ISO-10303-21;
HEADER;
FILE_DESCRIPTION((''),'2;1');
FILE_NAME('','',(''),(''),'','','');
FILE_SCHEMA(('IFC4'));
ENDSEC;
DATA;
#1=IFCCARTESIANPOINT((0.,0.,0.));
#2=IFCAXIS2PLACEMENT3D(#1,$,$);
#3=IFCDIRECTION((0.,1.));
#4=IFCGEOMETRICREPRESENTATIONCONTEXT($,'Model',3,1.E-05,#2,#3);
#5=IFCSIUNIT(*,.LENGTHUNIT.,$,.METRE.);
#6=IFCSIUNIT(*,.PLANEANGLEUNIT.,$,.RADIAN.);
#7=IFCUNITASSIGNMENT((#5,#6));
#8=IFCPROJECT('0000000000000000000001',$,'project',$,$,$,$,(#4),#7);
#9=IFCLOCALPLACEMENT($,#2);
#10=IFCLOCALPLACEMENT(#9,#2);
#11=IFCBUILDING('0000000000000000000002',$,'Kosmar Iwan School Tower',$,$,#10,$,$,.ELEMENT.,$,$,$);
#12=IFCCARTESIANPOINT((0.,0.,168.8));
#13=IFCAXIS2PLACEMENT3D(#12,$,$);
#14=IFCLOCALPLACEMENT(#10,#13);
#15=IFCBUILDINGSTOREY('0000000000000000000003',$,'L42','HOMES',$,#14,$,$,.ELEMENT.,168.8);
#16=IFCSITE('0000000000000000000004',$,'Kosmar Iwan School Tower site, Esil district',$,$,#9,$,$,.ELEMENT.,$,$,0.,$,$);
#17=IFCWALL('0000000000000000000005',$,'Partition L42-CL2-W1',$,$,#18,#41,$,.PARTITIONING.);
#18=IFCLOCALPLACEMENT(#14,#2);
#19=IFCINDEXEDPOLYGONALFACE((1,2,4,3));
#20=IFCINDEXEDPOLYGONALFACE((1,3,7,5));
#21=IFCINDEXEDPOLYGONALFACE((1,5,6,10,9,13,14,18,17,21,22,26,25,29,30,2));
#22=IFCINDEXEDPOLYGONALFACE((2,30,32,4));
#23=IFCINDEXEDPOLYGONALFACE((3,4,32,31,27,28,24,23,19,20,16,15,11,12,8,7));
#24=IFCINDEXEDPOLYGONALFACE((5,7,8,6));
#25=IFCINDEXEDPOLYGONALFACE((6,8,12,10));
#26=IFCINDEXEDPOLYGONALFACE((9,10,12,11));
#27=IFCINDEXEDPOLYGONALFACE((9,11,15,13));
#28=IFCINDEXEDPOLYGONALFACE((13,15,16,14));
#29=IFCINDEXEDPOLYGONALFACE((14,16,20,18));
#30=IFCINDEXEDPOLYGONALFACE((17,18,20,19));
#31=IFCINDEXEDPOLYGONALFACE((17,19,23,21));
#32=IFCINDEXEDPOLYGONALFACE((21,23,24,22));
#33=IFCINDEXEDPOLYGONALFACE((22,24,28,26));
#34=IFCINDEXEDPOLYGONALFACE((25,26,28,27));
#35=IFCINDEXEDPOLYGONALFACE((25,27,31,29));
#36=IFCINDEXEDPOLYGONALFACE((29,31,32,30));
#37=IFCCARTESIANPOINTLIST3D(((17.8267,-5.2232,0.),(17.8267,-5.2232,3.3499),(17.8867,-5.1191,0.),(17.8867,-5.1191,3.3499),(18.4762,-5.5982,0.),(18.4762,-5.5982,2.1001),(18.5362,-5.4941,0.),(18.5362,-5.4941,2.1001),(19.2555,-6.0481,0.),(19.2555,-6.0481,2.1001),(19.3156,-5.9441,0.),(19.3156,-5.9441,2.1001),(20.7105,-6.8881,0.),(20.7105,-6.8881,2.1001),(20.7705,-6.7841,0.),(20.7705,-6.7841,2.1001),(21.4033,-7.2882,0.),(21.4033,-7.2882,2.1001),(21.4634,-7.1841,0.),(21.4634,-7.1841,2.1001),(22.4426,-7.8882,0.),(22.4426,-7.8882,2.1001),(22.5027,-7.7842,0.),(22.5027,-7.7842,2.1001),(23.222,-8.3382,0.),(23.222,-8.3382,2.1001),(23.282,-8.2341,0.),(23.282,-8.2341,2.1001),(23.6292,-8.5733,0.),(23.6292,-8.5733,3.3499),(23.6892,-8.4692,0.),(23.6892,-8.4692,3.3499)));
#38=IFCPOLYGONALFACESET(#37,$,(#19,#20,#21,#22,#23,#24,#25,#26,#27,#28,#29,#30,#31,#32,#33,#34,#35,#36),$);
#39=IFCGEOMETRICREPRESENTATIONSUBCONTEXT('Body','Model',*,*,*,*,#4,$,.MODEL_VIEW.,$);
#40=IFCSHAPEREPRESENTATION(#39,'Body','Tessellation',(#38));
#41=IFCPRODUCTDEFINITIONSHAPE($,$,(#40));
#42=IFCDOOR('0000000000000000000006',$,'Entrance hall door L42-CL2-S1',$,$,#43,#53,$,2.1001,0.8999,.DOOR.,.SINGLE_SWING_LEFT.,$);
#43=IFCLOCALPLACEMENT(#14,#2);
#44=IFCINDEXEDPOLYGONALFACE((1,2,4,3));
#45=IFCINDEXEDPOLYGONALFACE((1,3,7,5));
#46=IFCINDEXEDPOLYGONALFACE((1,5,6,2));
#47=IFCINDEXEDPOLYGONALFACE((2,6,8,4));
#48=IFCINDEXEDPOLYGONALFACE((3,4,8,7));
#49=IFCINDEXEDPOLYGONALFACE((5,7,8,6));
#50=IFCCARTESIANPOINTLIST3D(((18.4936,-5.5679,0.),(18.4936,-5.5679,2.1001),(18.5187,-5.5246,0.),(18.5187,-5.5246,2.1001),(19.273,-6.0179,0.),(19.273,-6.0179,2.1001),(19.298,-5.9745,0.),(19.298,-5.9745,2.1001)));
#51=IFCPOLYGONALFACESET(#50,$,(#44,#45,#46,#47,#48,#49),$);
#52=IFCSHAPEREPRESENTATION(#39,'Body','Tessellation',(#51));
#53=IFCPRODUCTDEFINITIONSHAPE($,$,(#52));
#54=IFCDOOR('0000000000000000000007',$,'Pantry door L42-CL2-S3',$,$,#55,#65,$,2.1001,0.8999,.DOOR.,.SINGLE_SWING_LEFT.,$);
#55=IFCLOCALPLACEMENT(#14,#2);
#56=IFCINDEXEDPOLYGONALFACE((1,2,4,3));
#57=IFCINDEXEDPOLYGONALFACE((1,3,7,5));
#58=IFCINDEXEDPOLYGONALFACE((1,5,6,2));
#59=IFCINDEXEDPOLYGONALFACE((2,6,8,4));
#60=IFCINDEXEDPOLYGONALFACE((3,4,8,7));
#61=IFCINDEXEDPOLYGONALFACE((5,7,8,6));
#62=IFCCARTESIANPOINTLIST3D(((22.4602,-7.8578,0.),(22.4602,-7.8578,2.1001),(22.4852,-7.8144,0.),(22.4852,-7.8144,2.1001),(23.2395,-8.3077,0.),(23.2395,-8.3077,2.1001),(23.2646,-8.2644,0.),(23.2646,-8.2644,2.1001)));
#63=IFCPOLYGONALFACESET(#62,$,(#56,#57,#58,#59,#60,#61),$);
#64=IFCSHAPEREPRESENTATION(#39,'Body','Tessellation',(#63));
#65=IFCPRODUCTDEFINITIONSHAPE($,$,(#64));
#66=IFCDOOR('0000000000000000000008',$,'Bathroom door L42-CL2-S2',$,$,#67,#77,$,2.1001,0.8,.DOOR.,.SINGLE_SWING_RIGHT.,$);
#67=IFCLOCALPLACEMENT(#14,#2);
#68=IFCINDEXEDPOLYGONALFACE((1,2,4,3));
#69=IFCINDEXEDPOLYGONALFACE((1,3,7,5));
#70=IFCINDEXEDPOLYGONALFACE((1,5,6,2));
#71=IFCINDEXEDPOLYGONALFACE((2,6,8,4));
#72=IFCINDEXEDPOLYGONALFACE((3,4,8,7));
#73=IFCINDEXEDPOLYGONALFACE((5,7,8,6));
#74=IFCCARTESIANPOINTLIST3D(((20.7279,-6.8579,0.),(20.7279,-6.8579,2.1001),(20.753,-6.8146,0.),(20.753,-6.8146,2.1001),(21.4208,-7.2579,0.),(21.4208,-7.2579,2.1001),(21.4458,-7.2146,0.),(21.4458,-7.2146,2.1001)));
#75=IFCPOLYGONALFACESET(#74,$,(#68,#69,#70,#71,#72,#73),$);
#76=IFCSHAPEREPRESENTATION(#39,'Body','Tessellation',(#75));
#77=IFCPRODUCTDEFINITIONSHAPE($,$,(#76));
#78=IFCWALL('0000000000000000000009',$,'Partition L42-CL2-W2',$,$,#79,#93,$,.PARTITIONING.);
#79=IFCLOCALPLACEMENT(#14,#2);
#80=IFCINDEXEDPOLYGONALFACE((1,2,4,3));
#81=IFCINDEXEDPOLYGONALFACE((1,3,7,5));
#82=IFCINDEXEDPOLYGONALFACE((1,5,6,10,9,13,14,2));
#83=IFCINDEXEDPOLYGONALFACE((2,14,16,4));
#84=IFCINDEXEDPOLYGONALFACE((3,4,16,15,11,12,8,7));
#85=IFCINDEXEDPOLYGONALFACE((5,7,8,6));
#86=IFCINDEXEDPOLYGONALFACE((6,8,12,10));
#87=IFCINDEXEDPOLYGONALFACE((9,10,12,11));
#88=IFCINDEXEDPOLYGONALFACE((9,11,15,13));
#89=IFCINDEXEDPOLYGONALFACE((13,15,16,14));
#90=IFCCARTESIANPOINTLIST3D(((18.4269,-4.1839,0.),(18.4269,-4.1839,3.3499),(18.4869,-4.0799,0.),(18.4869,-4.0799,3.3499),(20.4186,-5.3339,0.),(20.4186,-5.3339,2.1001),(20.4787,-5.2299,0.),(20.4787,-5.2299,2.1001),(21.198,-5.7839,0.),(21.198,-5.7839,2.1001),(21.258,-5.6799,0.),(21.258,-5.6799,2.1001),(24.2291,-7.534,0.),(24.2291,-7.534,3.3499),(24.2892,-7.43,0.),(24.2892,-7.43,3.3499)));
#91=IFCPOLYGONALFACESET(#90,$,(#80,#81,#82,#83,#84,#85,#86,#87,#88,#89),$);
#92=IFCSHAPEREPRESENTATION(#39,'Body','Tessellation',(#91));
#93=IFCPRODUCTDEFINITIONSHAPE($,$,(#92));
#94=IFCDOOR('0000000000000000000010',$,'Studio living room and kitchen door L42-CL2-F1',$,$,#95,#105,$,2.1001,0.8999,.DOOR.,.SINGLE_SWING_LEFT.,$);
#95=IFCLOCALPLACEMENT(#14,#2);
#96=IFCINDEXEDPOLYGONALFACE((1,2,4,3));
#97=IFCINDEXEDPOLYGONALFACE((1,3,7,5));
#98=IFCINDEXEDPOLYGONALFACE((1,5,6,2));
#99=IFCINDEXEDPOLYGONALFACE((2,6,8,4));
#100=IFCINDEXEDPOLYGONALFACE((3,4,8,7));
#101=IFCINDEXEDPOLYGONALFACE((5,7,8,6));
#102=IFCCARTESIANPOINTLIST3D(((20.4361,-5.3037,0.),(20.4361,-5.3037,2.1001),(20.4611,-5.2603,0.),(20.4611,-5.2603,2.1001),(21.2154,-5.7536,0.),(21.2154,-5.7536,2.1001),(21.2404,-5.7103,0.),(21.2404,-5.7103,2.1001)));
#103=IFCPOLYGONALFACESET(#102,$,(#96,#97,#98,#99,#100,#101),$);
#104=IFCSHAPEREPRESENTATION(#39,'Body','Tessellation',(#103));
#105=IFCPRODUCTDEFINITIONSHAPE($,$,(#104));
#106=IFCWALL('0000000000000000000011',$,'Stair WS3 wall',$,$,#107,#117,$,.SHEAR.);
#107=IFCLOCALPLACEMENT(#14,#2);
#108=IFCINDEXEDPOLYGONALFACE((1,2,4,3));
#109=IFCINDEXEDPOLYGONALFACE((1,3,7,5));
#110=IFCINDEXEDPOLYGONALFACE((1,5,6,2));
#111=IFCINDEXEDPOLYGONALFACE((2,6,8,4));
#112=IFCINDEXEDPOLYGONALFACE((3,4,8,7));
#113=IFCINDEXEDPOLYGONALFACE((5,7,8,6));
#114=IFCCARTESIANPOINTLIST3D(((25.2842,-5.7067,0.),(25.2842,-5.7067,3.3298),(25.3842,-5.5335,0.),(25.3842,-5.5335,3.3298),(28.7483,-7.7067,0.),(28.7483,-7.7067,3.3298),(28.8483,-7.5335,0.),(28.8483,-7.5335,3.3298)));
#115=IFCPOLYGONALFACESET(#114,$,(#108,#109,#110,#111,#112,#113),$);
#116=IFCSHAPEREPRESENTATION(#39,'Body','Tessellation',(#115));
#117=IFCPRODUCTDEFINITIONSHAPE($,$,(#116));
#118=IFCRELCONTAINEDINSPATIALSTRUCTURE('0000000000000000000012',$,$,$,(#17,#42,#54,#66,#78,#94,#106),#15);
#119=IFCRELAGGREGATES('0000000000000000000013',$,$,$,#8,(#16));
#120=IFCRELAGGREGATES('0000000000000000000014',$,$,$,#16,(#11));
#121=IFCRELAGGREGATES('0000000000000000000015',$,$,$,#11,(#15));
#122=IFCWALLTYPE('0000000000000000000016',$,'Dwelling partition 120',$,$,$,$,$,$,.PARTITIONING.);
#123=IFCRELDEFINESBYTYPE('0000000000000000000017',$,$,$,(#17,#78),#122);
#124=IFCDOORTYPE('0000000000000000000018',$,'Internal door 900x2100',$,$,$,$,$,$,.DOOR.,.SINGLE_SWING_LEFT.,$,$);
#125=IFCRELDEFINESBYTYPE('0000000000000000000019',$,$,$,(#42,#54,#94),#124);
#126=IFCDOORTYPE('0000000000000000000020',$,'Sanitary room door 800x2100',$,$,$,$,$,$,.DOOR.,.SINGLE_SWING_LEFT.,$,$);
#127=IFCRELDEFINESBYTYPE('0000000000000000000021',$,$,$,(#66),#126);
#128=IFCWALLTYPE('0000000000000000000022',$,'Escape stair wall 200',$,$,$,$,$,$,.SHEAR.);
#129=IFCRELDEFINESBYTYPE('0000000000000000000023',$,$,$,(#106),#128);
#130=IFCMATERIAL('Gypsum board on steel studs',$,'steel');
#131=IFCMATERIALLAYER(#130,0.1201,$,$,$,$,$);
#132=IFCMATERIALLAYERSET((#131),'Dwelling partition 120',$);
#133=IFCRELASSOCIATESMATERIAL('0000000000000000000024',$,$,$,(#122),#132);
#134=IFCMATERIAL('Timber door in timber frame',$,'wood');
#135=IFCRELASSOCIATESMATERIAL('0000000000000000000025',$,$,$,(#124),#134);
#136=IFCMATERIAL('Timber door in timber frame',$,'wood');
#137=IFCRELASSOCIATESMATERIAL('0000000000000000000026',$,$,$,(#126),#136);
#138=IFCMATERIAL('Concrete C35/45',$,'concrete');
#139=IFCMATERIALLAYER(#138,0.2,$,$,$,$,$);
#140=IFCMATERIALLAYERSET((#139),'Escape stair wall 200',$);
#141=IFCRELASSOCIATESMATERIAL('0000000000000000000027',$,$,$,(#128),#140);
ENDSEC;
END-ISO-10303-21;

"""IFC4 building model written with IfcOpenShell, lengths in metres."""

from ifc_helpers import new_model, si_unit, direction, frame, frame_2d, origin, place, context, subcontext, project, spatial, rectangle, extrude, material, layer, layer_set, type_object, element, fill, save


model = new_model("IFC4")

# Units and contexts
model_context = context("Model", 3, precision=1e-05, world=origin(), true_north=direction((0.0, 1.0)))
body_context = subcontext(model_context, "Body", "Model", "MODEL_VIEW")
ifc_project = project(units=[si_unit("LENGTHUNIT", "METRE"), si_unit("PLANEANGLEUNIT", "RADIAN")], contexts=[model_context])

# Site, building, storey
site_placement = place(None, origin())
site = spatial("IfcSite", under=ifc_project, at=site_placement, Name="Kosmar Iwan School Tower site, Esil district", CompositionType="ELEMENT", RefElevation=0.0)
building_placement = place(site_placement, origin())
building = spatial("IfcBuilding", under=site, at=building_placement, Name="Kosmar Iwan School Tower", CompositionType="ELEMENT")
storey_placement = place(building_placement, frame((0.0, 0.0, 168.8)))
storey = spatial("IfcBuildingStorey", under=building, at=storey_placement, Name="L42", Description="HOMES", CompositionType="ELEMENT", Elevation=168.8)

# Wall, openings, doors
ifc_material_1 = material(Name="Gypsum board on steel studs", Category="steel")
ifc_layer_1 = layer(ifc_material_1, 0.1201)
ifc_layer_set_1 = layer_set([ifc_layer_1], Name="Dwelling partition 120")
wall_type_1 = type_object("IfcWallType", Name="Dwelling partition 120", PredefinedType="PARTITIONING", material=ifc_layer_set_1)
wall_1_placement = place(storey_placement, frame((17.8567, -5.1711, 0.0), z_axis=(0.0, 0.0, 1.0), x_axis=(0.866024, -0.500003, 0.0)))
wall_1 = element("IfcWall", 1, at=wall_1_placement, inside=storey, type_object=wall_type_1, Name="Partition L42-CL2-W1", PredefinedType="PARTITIONING", context=body_context, shape_type="SweptSolid", body=[
    extrude(rectangle(XDim=6.7002, YDim=0.1201, at=frame_2d((3.3501, 0.0))), origin(), (0.0, 0.0, 1.0), 3.3499),
])
opening_1_placement = place(wall_1_placement, frame((0.75, 0.0, 0.0)))
opening_1 = element("IfcOpeningElement", 2, at=opening_1_placement, cuts=wall_1, PredefinedType="OPENING", context=body_context, shape_type="SweptSolid", body=[
    extrude(rectangle(XDim=0.8999, YDim=2.1001, at=frame_2d((0.45, 1.05))), frame((0.0, 0.072, 0.0), z_axis=(0.0, -1.0, 0.0), x_axis=(1.0, 0.0, 0.0)), (0.0, 0.0, 1.0), 0.144),
])
opening_2_placement = place(wall_1_placement, frame((3.3301, 0.0, 0.0)))
opening_2 = element("IfcOpeningElement", 3, at=opening_2_placement, cuts=wall_1, PredefinedType="OPENING", context=body_context, shape_type="SweptSolid", body=[
    extrude(rectangle(XDim=0.8, YDim=2.1001, at=frame_2d((0.3999, 1.05))), frame((0.0, 0.072, 0.0), z_axis=(0.0, -1.0, 0.0), x_axis=(1.0, 0.0, 0.0)), (0.0, 0.0, 1.0), 0.144),
])
opening_3_placement = place(wall_1_placement, frame((5.3301, 0.0, 0.0)))
opening_3 = element("IfcOpeningElement", 4, at=opening_3_placement, cuts=wall_1, PredefinedType="OPENING", context=body_context, shape_type="SweptSolid", body=[
    extrude(rectangle(XDim=0.8999, YDim=2.1001, at=frame_2d((0.45, 1.05))), frame((0.0, 0.072, 0.0), z_axis=(0.0, -1.0, 0.0), x_axis=(1.0, 0.0, 0.0)), (0.0, 0.0, 1.0), 0.144),
])
ifc_material_2 = material(Name="Timber door in timber frame", Category="wood")
door_type_1 = type_object("IfcDoorType", Name="Internal door 900x2100", OperationType="SINGLE_SWING_LEFT", PredefinedType="DOOR", material=ifc_material_2)
door_1_placement = place(opening_1_placement, origin())
door_1 = element("IfcDoor", 5, at=door_1_placement, inside=storey, type_object=door_type_1, Name="Entrance hall door L42-CL2-S1", OperationType="SINGLE_SWING_LEFT", OverallHeight=2.1001, OverallWidth=0.8999, PredefinedType="DOOR", context=body_context, shape_type="SweptSolid", body=[
    extrude(rectangle(XDim=0.8999, YDim=2.1001, at=frame_2d((0.45, 1.05))), frame((0.0, 0.0249, 0.0), z_axis=(0.0, -1.0, 0.0), x_axis=(1.0, 0.0, 0.0)), (0.0, 0.0, 1.0), 0.05),
])
fill(opening_1, door_1)
door_2_placement = place(opening_3_placement, frame((0.8999, 0.0, 0.0), z_axis=(0.0, 0.0, 1.0), x_axis=(-1.0, 0.0, 0.0)))
door_2 = element("IfcDoor", 6, at=door_2_placement, inside=storey, type_object=door_type_1, Name="Pantry door L42-CL2-S3", OperationType="SINGLE_SWING_LEFT", OverallHeight=2.1001, OverallWidth=0.8999, PredefinedType="DOOR", context=body_context, shape_type="SweptSolid", body=[
    extrude(rectangle(XDim=0.8999, YDim=2.1001, at=frame_2d((0.45, 1.05))), frame((0.0, 0.0249, 0.0), z_axis=(0.0, -1.0, 0.0), x_axis=(1.0, 0.0, 0.0)), (0.0, 0.0, 1.0), 0.05),
])
fill(opening_3, door_2)
ifc_material_3 = material(Name="Timber door in timber frame", Category="wood")
door_type_2 = type_object("IfcDoorType", Name="Sanitary room door 800x2100", OperationType="SINGLE_SWING_LEFT", PredefinedType="DOOR", material=ifc_material_3)
door_3_placement = place(opening_2_placement, origin())
door_3 = element("IfcDoor", 7, at=door_3_placement, inside=storey, type_object=door_type_2, Name="Bathroom door L42-CL2-S2", OperationType="SINGLE_SWING_RIGHT", OverallHeight=2.1001, OverallWidth=0.8, PredefinedType="DOOR", context=body_context, shape_type="SweptSolid", body=[
    extrude(rectangle(XDim=0.8, YDim=2.1001, at=frame_2d((0.3999, 1.05))), frame((0.0, 0.0249, 0.0), z_axis=(0.0, -1.0, 0.0), x_axis=(1.0, 0.0, 0.0)), (0.0, 0.0, 1.0), 0.05),
])
fill(opening_2, door_3)

# Wall, opening, door
wall_2_placement = place(storey_placement, frame((18.4568, -4.1318, 0.0), z_axis=(0.0, 0.0, 1.0), x_axis=(0.866014, -0.500019, 0.0)))
wall_2 = element("IfcWall", 8, at=wall_2_placement, inside=storey, type_object=wall_type_1, Name="Partition L42-CL2-W2", PredefinedType="PARTITIONING", context=body_context, shape_type="SweptSolid", body=[
    extrude(rectangle(XDim=6.7, YDim=0.1201, at=frame_2d((3.3501, 0.0))), origin(), (0.0, 0.0, 1.0), 3.3499),
])
opening_4_placement = place(wall_2_placement, frame((2.3, 0.0, 0.0)))
opening_4 = element("IfcOpeningElement", 9, at=opening_4_placement, cuts=wall_2, PredefinedType="OPENING", context=body_context, shape_type="SweptSolid", body=[
    extrude(rectangle(XDim=0.8999, YDim=2.1001, at=frame_2d((0.45, 1.05))), frame((0.0, 0.072, 0.0), z_axis=(0.0, -1.0, 0.0), x_axis=(1.0, 0.0, 0.0)), (0.0, 0.0, 1.0), 0.144),
])
door_4_placement = place(opening_4_placement, origin())
door_4 = element("IfcDoor", 10, at=door_4_placement, inside=storey, type_object=door_type_1, Name="Studio living room and kitchen door L42-CL2-F1", OperationType="SINGLE_SWING_LEFT", OverallHeight=2.1001, OverallWidth=0.8999, PredefinedType="DOOR", context=body_context, shape_type="SweptSolid", body=[
    extrude(rectangle(XDim=0.8999, YDim=2.1001, at=frame_2d((0.45, 1.05))), frame((0.0, 0.0249, 0.0), z_axis=(0.0, -1.0, 0.0), x_axis=(1.0, 0.0, 0.0)), (0.0, 0.0, 1.0), 0.05),
])
fill(opening_4, door_4)

# Wall
ifc_material_4 = material(Name="Concrete C35/45", Category="concrete")
ifc_layer_2 = layer(ifc_material_4, 0.2)
ifc_layer_set_2 = layer_set([ifc_layer_2], Name="Escape stair wall 200")
wall_type_2 = type_object("IfcWallType", Name="Escape stair wall 200", PredefinedType="SHEAR", material=ifc_layer_set_2)
wall_3_placement = place(storey_placement, frame((25.3342, -5.6201, 0.0), z_axis=(0.0, 0.0, 1.0), x_axis=(0.866026, -0.499999, 0.0)))
element("IfcWall", 11, at=wall_3_placement, inside=storey, type_object=wall_type_2, Name="Stair WS3 wall", PredefinedType="SHEAR", context=body_context, shape_type="SweptSolid", body=[
    extrude(rectangle(XDim=4.0, YDim=0.2, at=frame_2d((2.0, 0.0))), origin(), (0.0, 0.0, 1.0), 3.3298),
])

save(model, "model.ifc")
